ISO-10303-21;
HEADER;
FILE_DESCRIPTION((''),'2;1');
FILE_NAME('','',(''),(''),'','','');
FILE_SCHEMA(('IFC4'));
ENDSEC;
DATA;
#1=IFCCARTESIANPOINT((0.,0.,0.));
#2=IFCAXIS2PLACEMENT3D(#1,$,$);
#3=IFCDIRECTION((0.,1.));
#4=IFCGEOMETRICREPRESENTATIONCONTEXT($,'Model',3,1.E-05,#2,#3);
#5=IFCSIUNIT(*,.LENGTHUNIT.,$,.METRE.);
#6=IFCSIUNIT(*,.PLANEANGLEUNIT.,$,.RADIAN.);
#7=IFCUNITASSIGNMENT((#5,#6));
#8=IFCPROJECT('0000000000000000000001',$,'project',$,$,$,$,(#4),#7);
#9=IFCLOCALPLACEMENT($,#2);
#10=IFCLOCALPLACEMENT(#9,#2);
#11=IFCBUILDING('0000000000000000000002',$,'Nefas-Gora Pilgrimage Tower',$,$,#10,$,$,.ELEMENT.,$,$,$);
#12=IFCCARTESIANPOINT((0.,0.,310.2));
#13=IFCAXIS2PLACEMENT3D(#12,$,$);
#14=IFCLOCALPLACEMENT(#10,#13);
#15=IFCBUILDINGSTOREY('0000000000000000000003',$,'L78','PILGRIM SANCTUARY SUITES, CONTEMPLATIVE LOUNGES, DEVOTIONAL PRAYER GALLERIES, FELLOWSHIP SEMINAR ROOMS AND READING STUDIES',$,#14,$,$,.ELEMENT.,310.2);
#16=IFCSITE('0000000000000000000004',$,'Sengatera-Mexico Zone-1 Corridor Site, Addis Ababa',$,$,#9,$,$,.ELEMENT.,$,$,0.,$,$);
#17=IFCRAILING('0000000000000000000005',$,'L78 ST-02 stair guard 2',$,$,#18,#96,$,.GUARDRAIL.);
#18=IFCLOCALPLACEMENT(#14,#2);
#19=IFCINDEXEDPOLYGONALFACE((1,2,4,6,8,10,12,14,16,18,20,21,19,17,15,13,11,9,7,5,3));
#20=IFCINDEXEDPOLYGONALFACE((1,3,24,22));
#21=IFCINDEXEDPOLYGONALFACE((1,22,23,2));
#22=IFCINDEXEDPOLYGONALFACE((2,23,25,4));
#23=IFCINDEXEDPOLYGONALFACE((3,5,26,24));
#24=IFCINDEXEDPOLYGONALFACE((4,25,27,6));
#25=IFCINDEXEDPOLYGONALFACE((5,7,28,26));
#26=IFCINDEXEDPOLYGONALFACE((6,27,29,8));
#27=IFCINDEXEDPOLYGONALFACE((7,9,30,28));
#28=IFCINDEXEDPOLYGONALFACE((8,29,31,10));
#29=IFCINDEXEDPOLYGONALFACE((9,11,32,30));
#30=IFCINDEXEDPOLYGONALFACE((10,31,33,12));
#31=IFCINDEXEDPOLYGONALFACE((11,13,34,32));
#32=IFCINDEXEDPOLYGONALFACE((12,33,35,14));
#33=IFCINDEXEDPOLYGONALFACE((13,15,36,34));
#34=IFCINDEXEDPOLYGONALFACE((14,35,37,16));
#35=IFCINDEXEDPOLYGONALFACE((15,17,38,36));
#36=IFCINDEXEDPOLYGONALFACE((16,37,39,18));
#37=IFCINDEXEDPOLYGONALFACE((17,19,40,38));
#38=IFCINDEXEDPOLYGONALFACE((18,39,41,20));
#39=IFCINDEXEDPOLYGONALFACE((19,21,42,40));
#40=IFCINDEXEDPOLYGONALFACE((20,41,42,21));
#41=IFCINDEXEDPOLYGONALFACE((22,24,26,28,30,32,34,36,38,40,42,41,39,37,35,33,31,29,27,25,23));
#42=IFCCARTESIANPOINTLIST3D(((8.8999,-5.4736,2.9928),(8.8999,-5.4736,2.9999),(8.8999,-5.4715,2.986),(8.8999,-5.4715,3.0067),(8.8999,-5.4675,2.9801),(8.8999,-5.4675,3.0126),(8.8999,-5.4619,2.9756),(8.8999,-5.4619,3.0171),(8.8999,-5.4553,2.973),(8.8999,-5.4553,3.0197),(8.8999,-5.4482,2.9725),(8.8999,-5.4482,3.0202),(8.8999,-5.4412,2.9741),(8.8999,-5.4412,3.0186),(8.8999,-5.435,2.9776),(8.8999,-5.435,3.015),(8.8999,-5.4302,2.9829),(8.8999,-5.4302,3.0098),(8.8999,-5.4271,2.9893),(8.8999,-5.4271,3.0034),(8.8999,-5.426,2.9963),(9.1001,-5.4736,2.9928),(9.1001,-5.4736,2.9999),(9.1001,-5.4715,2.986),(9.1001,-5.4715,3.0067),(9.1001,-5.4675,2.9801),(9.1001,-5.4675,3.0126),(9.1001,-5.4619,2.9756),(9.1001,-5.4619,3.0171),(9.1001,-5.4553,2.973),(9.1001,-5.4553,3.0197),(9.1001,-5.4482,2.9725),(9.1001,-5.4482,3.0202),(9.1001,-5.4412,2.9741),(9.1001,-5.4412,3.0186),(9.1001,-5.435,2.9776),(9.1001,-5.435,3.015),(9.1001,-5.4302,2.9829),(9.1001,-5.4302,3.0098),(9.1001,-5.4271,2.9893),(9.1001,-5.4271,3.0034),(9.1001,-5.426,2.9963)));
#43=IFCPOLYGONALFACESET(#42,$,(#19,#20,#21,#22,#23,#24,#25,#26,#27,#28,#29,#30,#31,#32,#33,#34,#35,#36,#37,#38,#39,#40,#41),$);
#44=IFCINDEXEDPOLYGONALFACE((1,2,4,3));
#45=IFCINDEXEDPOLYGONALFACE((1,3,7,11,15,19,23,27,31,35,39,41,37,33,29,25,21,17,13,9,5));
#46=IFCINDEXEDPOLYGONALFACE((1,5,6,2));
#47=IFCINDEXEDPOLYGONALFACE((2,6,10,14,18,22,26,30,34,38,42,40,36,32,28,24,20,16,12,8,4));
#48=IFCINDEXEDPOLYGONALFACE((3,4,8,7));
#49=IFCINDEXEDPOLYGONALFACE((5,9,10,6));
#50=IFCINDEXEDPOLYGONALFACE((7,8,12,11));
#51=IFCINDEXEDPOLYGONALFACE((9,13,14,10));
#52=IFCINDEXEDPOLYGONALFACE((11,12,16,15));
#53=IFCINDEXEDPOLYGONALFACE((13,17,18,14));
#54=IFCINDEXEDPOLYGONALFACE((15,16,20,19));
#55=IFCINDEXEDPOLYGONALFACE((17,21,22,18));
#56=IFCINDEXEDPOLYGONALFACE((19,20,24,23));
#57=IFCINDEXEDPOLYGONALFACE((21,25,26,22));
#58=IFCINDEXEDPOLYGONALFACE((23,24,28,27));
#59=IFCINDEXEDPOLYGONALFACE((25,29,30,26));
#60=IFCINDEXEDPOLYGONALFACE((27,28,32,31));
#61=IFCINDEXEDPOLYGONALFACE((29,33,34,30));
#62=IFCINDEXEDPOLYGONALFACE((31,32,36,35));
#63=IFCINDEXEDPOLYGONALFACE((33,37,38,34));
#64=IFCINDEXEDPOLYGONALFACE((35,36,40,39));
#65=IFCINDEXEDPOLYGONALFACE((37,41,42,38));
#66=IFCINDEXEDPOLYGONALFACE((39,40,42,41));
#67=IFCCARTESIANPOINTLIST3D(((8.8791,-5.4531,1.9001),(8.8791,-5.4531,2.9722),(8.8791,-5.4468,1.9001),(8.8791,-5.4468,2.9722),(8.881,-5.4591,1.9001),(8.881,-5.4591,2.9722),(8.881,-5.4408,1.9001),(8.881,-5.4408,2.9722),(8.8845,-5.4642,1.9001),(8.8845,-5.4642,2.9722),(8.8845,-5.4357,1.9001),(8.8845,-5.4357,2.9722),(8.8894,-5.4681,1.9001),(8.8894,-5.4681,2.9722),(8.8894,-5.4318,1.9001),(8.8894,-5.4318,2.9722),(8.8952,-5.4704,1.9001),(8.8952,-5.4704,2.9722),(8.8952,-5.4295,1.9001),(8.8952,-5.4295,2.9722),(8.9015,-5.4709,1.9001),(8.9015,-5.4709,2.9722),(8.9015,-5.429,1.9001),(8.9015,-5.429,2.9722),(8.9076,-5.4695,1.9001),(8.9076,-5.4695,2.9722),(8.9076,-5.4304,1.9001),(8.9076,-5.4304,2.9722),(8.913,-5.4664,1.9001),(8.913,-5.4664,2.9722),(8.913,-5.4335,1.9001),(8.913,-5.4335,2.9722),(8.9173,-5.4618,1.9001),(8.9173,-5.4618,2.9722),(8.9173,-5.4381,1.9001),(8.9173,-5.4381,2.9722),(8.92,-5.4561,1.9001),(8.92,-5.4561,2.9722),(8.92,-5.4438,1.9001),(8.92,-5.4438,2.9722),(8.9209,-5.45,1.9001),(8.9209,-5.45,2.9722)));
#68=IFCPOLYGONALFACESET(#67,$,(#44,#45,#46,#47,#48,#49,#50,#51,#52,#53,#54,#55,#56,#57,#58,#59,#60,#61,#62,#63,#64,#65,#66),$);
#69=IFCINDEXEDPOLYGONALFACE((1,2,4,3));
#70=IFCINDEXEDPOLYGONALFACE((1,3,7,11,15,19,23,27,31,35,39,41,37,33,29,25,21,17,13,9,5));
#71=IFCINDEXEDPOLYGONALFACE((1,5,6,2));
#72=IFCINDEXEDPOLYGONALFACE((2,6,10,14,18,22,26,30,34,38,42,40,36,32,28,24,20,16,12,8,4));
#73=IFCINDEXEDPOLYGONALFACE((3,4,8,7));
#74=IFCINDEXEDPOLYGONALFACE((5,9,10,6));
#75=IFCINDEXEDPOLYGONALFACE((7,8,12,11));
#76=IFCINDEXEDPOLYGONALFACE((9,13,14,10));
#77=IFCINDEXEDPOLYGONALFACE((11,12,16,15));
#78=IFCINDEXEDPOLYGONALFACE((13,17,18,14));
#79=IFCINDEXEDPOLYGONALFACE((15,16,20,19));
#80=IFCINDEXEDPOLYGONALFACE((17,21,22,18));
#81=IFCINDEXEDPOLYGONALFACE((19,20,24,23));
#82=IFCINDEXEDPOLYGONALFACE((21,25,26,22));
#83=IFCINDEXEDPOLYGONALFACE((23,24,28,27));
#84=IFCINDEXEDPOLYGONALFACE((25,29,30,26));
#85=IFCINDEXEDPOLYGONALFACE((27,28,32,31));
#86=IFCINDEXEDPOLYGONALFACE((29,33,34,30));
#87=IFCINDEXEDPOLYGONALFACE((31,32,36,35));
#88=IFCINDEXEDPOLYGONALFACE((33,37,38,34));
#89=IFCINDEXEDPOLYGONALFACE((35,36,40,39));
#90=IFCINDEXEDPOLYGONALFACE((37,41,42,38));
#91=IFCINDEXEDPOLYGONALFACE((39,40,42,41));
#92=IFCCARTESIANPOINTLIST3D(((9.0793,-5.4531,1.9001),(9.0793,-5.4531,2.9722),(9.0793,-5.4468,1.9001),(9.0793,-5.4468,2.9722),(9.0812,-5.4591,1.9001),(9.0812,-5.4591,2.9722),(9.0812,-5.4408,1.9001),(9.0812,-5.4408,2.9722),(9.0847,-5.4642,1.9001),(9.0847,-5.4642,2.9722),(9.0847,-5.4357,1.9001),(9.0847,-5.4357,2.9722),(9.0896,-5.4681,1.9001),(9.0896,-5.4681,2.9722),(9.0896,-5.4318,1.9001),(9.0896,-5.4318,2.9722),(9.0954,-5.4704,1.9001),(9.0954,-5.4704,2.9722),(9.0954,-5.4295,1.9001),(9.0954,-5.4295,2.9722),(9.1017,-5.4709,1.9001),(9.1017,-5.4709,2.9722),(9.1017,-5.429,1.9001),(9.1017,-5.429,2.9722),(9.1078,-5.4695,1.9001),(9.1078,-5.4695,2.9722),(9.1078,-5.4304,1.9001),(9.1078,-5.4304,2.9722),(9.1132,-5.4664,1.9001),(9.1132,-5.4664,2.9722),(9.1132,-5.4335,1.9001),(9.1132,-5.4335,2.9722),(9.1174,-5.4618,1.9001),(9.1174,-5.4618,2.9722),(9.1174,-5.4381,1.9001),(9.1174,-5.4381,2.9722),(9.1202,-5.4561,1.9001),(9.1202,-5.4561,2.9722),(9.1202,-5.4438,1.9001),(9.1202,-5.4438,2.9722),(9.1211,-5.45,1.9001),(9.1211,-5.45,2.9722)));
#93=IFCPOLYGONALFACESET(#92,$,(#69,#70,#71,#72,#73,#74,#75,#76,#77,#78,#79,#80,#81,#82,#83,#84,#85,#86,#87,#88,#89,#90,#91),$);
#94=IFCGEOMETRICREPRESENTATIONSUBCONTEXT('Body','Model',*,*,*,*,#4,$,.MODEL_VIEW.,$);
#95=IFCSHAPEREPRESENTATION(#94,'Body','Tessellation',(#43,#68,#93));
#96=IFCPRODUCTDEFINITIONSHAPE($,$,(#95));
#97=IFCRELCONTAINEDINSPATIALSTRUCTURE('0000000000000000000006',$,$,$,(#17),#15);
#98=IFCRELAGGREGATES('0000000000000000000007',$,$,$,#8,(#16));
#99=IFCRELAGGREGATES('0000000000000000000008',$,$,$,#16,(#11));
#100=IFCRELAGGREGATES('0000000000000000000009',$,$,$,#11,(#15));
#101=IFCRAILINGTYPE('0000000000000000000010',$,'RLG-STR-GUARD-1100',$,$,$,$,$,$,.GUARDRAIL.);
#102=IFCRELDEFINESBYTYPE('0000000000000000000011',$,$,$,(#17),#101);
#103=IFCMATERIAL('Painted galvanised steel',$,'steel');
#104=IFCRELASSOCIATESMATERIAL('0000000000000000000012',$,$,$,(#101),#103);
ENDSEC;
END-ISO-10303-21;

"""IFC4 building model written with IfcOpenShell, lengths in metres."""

from ifc_helpers import new_model, si_unit, direction, frame, origin, origin_2d, place, context, subcontext, project, spatial, circle, extrude, material, type_object, element, save


model = new_model("IFC4")

# Units and contexts
model_context = context("Model", 3, precision=1e-05, world=origin(), true_north=direction((0.0, 1.0)))
body_context = subcontext(model_context, "Body", "Model", "MODEL_VIEW")
ifc_project = project(units=[si_unit("LENGTHUNIT", "METRE"), si_unit("PLANEANGLEUNIT", "RADIAN")], contexts=[model_context])

# Site, building, storey
site_placement = place(None, origin())
site = spatial("IfcSite", under=ifc_project, at=site_placement, Name="Sengatera-Mexico Zone-1 Corridor Site, Addis Ababa", CompositionType="ELEMENT", RefElevation=0.0)
building_placement = place(site_placement, origin())
building = spatial("IfcBuilding", under=site, at=building_placement, Name="Nefas-Gora Pilgrimage Tower", CompositionType="ELEMENT")
storey_placement = place(building_placement, frame((0.0, 0.0, 310.2)))
storey = spatial("IfcBuildingStorey", under=building, at=storey_placement, Name="L78", Description="PILGRIM SANCTUARY SUITES, CONTEMPLATIVE LOUNGES, DEVOTIONAL PRAYER GALLERIES, FELLOWSHIP SEMINAR ROOMS AND READING STUDIES", CompositionType="ELEMENT", Elevation=310.2)

# Railing
ifc_material_1 = material(Name="Painted galvanised steel", Category="steel")
railing_type_1 = type_object("IfcRailingType", Name="RLG-STR-GUARD-1100", PredefinedType="GUARDRAIL", material=ifc_material_1)
railing_1_placement = place(storey_placement, frame((8.8999, -5.45, 1.9001)))
element("IfcRailing", 1, at=railing_1_placement, inside=storey, type_object=railing_type_1, Name="L78 ST-02 stair guard 2", PredefinedType="GUARDRAIL", context=body_context, shape_type="SweptSolid", body=[
    extrude(circle(Radius=0.0239, at=origin_2d()), frame((0.0, 0.0, 1.0962), z_axis=(1.0, 0.0, 0.0), x_axis=(0.0, 1.0, 0.0)), (0.0, 0.0, 1.0), 0.2002),
    extrude(circle(Radius=0.021, at=origin_2d()), origin(), (0.0, 0.0, 1.0), 1.072),
    extrude(circle(Radius=0.021, at=origin_2d()), frame((0.2002, 0.0, 0.0)), (0.0, 0.0, 1.0), 1.072),
])

save(model, "model.ifc")
